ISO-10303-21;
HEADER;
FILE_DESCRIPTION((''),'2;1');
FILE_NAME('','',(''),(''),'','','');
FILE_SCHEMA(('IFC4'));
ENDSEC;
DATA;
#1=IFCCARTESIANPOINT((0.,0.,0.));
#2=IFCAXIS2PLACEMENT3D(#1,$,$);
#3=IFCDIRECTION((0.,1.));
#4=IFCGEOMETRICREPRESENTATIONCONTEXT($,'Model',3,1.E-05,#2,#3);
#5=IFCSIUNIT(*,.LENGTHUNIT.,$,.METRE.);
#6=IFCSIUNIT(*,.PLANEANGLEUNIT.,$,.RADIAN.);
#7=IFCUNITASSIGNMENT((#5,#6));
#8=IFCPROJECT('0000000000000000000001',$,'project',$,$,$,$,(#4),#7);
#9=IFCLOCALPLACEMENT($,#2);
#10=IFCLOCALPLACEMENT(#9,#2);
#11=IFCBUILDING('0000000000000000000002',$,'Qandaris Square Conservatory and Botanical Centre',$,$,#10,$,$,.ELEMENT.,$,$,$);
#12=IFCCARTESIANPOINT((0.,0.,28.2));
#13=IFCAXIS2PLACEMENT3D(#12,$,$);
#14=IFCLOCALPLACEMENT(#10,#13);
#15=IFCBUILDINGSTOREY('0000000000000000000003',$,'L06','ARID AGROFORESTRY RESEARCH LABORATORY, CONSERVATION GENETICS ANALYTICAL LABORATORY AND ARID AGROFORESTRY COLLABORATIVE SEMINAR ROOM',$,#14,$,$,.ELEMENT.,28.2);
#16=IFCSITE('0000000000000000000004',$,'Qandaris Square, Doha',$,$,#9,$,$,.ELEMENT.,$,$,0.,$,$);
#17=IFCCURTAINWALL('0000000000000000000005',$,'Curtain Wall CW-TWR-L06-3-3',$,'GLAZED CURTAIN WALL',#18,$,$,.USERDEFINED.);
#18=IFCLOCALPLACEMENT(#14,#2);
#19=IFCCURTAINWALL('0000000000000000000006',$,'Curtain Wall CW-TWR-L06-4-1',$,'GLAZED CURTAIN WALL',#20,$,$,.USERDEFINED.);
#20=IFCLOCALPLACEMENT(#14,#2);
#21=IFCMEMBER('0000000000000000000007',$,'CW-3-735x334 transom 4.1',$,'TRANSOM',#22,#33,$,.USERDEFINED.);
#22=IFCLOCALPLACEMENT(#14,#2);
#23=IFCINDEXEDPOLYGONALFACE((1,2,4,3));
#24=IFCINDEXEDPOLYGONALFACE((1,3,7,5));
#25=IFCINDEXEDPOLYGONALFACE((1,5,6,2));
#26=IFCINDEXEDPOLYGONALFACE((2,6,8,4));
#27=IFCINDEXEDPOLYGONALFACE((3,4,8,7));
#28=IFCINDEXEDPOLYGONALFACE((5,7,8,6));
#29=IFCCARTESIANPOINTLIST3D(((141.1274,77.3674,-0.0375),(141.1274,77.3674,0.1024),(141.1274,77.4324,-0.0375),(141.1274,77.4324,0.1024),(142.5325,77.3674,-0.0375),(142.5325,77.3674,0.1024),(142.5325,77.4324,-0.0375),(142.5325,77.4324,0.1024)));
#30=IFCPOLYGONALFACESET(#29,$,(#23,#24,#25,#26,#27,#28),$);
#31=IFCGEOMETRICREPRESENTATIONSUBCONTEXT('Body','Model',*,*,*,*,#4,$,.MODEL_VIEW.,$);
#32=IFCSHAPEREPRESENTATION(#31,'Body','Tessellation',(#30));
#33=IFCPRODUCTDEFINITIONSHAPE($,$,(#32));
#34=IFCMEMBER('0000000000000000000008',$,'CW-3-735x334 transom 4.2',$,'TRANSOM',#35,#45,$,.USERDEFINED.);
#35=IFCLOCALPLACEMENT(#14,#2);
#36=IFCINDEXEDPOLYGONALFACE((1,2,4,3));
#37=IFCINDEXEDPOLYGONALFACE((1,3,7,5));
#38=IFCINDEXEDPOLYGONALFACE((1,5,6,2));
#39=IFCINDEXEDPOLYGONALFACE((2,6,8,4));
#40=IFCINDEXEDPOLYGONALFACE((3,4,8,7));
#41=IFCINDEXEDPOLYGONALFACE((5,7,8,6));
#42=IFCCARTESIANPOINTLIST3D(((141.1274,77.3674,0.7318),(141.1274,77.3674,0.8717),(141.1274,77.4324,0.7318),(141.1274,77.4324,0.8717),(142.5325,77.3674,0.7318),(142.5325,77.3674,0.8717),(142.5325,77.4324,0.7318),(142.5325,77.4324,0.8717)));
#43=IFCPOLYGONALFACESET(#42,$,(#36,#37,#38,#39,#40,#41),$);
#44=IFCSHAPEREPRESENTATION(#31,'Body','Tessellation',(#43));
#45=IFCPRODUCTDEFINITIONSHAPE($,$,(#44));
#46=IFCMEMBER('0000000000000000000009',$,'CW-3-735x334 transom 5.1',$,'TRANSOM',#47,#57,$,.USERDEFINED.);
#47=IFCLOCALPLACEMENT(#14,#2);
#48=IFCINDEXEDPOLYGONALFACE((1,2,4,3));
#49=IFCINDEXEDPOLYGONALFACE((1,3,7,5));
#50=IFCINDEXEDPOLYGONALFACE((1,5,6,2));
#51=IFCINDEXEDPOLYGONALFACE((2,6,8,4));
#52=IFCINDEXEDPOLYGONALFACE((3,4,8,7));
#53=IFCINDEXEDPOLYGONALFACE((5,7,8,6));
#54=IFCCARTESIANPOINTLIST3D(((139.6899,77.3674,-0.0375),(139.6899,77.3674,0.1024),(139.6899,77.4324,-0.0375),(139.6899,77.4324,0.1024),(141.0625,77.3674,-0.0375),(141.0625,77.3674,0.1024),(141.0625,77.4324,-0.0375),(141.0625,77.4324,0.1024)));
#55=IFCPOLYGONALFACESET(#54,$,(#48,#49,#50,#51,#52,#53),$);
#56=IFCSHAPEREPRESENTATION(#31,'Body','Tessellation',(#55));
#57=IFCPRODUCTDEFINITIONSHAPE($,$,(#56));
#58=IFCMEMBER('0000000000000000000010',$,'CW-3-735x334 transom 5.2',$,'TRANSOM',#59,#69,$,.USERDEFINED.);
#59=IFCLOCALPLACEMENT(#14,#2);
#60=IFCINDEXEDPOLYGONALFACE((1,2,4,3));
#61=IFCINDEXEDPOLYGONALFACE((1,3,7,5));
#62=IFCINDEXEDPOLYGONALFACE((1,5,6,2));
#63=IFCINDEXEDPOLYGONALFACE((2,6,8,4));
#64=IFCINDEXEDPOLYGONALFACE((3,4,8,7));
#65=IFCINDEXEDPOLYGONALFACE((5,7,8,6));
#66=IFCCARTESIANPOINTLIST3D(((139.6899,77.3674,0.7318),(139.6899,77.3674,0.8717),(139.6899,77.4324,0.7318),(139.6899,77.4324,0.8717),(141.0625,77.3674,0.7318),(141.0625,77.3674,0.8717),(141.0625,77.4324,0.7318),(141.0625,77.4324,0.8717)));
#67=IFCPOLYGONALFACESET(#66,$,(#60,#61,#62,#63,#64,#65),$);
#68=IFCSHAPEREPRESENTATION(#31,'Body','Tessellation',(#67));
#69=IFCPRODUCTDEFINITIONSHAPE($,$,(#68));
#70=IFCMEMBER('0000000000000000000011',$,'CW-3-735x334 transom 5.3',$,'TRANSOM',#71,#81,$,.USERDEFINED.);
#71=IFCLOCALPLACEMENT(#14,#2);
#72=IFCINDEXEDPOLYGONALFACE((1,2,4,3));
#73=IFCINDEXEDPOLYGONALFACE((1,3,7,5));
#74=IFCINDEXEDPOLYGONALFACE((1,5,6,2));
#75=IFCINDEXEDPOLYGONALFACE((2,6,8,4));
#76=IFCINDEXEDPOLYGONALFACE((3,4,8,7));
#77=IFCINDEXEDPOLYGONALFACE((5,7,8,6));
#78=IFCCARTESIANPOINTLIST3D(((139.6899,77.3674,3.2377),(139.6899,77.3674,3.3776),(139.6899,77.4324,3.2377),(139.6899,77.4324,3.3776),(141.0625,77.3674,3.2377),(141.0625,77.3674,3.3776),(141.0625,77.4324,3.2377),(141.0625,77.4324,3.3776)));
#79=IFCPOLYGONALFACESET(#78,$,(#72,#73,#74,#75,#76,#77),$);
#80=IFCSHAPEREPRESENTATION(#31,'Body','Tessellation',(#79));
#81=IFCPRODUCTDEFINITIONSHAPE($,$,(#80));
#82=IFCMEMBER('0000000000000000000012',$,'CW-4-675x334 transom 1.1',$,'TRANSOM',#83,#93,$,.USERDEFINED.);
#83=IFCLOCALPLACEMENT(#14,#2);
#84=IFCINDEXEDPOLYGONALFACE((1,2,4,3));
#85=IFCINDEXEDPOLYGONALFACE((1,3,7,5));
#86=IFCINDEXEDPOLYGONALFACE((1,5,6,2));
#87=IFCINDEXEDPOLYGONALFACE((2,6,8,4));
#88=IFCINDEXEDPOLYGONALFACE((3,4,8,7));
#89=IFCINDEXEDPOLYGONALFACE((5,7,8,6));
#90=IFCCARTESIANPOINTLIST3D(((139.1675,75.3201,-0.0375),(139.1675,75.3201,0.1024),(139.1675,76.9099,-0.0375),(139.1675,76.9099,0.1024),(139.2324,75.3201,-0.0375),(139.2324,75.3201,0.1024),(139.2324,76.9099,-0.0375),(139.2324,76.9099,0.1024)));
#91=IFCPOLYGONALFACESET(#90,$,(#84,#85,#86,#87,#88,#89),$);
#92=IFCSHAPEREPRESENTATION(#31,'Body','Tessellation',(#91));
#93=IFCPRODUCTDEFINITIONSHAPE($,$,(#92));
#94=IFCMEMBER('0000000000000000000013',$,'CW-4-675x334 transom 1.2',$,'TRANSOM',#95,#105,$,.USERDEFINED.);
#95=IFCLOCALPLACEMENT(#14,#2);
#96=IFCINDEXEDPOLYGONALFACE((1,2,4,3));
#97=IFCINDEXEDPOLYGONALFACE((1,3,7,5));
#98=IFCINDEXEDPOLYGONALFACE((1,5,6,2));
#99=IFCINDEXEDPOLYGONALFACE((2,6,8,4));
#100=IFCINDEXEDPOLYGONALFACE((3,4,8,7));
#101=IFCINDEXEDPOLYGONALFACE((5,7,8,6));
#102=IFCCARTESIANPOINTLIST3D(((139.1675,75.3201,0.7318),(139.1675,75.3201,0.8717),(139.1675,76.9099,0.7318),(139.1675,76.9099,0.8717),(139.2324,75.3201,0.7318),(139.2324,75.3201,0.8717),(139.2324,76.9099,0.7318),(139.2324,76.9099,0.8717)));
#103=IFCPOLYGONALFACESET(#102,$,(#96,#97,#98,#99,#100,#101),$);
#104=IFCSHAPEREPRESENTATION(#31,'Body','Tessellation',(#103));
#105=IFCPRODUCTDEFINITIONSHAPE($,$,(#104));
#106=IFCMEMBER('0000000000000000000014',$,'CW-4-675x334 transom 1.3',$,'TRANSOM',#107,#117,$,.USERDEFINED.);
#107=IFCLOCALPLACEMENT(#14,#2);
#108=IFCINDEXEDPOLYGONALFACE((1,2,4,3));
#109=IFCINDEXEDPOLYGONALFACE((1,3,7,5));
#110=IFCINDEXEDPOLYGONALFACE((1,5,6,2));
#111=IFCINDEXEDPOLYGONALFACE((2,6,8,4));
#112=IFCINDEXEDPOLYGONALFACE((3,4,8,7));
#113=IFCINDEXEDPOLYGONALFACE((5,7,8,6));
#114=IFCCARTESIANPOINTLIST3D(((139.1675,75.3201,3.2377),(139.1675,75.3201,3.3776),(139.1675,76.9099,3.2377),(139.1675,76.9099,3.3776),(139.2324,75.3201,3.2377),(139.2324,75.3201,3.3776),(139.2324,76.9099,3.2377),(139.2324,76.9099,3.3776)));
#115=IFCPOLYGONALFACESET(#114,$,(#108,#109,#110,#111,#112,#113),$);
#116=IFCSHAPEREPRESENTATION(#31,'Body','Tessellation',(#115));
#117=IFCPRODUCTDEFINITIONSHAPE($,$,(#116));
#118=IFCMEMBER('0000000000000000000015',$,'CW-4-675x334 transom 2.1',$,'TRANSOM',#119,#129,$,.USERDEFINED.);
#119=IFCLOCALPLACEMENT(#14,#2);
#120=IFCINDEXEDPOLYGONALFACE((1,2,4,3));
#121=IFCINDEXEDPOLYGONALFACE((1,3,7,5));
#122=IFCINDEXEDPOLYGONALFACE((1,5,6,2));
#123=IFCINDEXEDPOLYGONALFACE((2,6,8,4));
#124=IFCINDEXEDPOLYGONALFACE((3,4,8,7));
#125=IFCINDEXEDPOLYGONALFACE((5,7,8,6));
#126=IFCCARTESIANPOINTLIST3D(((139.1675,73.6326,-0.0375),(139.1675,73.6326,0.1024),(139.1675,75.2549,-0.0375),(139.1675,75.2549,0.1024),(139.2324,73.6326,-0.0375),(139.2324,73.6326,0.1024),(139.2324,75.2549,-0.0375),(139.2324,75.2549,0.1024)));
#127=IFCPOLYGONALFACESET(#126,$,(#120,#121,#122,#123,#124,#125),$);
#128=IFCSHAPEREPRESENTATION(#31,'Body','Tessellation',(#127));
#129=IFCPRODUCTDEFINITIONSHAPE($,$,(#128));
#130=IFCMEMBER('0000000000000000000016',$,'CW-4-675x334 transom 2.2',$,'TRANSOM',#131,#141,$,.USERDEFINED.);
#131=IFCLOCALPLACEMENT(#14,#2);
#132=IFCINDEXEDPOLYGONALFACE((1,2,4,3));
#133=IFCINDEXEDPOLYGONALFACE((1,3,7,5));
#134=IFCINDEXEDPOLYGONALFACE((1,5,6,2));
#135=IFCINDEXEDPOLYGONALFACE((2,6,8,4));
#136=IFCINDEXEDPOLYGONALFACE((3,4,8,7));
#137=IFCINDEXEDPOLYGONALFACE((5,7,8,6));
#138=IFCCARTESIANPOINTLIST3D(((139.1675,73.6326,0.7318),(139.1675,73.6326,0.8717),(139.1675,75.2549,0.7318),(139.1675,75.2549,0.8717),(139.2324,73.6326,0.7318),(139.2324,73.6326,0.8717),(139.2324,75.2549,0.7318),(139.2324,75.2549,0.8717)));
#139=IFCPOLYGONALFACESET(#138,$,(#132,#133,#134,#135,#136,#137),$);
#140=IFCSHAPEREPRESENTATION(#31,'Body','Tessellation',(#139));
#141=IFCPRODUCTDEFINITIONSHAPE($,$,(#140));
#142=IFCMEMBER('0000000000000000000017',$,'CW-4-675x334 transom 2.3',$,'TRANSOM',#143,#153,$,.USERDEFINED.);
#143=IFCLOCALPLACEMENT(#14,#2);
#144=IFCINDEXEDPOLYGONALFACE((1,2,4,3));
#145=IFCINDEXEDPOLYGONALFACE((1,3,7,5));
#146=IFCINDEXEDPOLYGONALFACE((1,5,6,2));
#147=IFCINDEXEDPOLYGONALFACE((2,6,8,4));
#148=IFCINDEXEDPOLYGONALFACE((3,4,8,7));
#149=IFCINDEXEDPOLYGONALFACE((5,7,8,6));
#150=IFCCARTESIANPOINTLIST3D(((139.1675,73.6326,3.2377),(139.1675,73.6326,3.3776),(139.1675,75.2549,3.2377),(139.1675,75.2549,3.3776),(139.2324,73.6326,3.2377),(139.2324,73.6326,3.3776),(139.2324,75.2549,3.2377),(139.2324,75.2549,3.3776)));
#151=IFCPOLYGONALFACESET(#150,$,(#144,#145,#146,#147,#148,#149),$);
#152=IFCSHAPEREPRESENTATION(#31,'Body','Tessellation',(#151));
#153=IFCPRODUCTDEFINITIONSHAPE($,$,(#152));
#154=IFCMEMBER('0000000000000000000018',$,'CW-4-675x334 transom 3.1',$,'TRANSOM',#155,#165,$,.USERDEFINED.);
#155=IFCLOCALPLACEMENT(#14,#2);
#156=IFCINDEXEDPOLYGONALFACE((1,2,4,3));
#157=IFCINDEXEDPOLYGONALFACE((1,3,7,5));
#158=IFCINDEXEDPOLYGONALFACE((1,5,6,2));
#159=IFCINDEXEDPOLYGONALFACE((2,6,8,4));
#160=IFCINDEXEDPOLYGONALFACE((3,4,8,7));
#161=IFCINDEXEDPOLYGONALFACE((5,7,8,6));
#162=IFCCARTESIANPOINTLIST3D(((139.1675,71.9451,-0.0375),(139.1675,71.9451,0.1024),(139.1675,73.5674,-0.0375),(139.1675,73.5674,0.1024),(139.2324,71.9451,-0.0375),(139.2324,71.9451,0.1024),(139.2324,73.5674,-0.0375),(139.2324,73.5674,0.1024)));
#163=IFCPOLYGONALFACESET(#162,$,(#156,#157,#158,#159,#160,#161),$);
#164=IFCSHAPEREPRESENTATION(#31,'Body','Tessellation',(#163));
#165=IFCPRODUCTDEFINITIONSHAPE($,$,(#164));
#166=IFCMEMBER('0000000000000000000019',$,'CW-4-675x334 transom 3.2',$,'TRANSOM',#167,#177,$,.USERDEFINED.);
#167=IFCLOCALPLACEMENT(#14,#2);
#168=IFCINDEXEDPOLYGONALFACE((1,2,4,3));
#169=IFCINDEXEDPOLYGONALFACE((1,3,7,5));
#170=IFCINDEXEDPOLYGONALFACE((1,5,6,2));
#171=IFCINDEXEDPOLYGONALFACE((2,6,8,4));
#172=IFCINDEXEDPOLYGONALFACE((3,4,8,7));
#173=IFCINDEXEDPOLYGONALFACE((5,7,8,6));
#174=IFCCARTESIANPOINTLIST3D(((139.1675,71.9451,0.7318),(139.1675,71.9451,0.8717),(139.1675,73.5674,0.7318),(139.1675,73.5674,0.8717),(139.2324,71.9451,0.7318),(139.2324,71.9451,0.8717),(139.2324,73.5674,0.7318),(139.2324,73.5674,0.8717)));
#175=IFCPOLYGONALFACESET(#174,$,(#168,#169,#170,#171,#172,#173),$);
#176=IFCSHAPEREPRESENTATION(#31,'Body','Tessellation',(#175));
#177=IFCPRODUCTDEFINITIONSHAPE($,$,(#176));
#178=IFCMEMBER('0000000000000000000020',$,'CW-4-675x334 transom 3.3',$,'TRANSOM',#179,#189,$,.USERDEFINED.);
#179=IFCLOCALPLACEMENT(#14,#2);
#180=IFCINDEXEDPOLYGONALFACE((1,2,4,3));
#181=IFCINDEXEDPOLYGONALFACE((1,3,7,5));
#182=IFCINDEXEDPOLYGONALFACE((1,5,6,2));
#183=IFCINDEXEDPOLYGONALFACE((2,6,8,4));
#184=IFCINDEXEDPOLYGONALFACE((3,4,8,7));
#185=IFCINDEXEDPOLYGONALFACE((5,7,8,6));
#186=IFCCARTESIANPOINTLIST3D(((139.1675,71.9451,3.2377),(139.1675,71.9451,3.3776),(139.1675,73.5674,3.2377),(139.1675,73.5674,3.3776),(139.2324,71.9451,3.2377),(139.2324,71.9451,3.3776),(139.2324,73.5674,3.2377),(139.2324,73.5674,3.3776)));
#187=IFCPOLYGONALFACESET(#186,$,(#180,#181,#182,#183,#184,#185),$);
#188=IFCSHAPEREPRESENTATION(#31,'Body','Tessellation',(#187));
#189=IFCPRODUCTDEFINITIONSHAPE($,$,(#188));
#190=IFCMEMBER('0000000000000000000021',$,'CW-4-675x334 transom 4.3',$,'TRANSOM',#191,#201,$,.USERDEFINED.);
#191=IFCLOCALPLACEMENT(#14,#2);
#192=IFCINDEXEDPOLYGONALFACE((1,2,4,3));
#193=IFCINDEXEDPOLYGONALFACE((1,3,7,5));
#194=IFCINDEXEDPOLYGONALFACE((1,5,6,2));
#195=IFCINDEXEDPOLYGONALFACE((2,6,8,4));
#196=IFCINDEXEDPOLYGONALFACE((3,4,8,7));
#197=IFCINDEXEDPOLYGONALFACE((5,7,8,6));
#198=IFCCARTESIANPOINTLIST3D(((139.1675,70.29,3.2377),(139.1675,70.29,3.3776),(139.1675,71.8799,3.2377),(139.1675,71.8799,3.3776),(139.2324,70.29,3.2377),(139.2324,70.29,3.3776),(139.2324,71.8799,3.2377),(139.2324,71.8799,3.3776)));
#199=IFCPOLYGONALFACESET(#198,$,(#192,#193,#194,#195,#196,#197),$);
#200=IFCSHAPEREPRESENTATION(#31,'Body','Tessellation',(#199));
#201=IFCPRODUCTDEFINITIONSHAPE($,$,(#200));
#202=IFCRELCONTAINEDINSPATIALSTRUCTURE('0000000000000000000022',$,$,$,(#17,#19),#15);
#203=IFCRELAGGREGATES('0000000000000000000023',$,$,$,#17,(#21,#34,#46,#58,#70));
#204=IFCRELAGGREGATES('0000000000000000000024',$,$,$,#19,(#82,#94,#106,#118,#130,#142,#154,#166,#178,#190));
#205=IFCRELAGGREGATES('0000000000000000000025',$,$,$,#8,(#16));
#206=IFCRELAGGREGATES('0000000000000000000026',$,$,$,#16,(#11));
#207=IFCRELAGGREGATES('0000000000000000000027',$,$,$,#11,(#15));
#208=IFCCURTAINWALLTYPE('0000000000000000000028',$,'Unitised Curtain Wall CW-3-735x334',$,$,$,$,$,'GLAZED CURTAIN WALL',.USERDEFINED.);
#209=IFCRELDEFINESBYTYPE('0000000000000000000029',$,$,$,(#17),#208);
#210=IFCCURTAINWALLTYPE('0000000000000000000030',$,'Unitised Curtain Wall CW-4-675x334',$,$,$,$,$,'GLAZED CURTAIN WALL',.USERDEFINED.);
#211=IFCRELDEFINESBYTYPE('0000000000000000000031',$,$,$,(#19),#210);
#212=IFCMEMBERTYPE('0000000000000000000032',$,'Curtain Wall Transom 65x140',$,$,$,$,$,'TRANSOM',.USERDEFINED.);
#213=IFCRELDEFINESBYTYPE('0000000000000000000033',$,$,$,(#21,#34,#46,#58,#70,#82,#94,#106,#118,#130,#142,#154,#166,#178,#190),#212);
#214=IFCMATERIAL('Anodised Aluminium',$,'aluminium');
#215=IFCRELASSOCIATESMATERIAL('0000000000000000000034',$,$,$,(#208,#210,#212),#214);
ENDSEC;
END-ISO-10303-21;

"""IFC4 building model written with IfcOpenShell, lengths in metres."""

from ifc_helpers import new_model, si_unit, direction, frame, origin, origin_2d, place, context, subcontext, project, spatial, rectangle, extrude, material, material_profile, profile_set, type_object, element, aggregate, save


model = new_model("IFC4")

# Units and contexts
model_context = context("Model", 3, precision=1e-05, world=origin(), true_north=direction((0.0, 1.0)))
body_context = subcontext(model_context, "Body", "Model", "MODEL_VIEW")
ifc_project = project(units=[si_unit("LENGTHUNIT", "METRE"), si_unit("PLANEANGLEUNIT", "RADIAN")], contexts=[model_context])

# Site, building, storey
site_placement = place(None, origin())
site = spatial("IfcSite", under=ifc_project, at=site_placement, Name="Qandaris Square, Doha", CompositionType="ELEMENT", RefElevation=0.0)
building_placement = place(site_placement, origin())
building = spatial("IfcBuilding", under=site, at=building_placement, Name="Qandaris Square Conservatory and Botanical Centre", CompositionType="ELEMENT")
storey_placement = place(building_placement, frame((0.0, 0.0, 28.2)))
storey = spatial("IfcBuildingStorey", under=building, at=storey_placement, Name="L06", Description="ARID AGROFORESTRY RESEARCH LABORATORY, CONSERVATION GENETICS ANALYTICAL LABORATORY AND ARID AGROFORESTRY COLLABORATIVE SEMINAR ROOM", CompositionType="ELEMENT", Elevation=28.2)

# Curtain walls
ifc_material_1 = material(Name="Anodised Aluminium", Category="aluminium")
curtain_wall_type_1 = type_object("IfcCurtainWallType", Name="Unitised Curtain Wall CW-3-735x334", ElementType="GLAZED CURTAIN WALL", PredefinedType="USERDEFINED", material=ifc_material_1)
curtain_wall_1_placement = place(storey_placement, origin())
curtain_wall_1 = element("IfcCurtainWall", 1, at=curtain_wall_1_placement, inside=storey, type_object=curtain_wall_type_1, Name="Curtain Wall CW-TWR-L06-3-3", ObjectType="GLAZED CURTAIN WALL", PredefinedType="USERDEFINED")
curtain_wall_type_2 = type_object("IfcCurtainWallType", Name="Unitised Curtain Wall CW-4-675x334", ElementType="GLAZED CURTAIN WALL", PredefinedType="USERDEFINED", material=ifc_material_1)
curtain_wall_2_placement = place(storey_placement, origin())
curtain_wall_2 = element("IfcCurtainWall", 2, at=curtain_wall_2_placement, inside=storey, type_object=curtain_wall_type_2, Name="Curtain Wall CW-TWR-L06-4-1", ObjectType="GLAZED CURTAIN WALL", PredefinedType="USERDEFINED")

# Members
ifc_material_profile_1 = material_profile(ifc_material_1, rectangle(XDim=0.0649, YDim=0.1399, at=origin_2d()), Name="ALU-TRN 65x140")
ifc_profile_set_1 = profile_set([ifc_material_profile_1], Name="Anodised Aluminium")
member_type_1 = type_object("IfcMemberType", Name="Curtain Wall Transom 65x140", ElementType="TRANSOM", PredefinedType="USERDEFINED", material=ifc_profile_set_1)
member_1_placement = place(storey_placement, frame((142.5325, 77.3999, 0.0325), z_axis=(-1.0, 0.0, 0.0), x_axis=(0.0, -1.0, 0.0)))
member_1 = element("IfcMember", 3, at=member_1_placement, type_object=member_type_1, Name="CW-3-735x334 transom 4.1", ObjectType="TRANSOM", PredefinedType="USERDEFINED", context=body_context, shape_type="SweptSolid", body=[
    extrude(rectangle(XDim=0.0649, YDim=0.1399, at=origin_2d()), origin(), (0.0, 0.0, 1.0), 1.405),
])
member_2_placement = place(storey_placement, frame((142.5325, 77.3999, 0.8018), z_axis=(-1.0, 0.0, 0.0), x_axis=(0.0, -1.0, 0.0)))
member_2 = element("IfcMember", 4, at=member_2_placement, type_object=member_type_1, Name="CW-3-735x334 transom 4.2", ObjectType="TRANSOM", PredefinedType="USERDEFINED", context=body_context, shape_type="SweptSolid", body=[
    extrude(rectangle(XDim=0.0649, YDim=0.1399, at=origin_2d()), origin(), (0.0, 0.0, 1.0), 1.405),
])
member_3_placement = place(storey_placement, frame((141.0625, 77.3999, 0.0325), z_axis=(-1.0, 0.0, 0.0), x_axis=(0.0, -1.0, 0.0)))
member_3 = element("IfcMember", 5, at=member_3_placement, type_object=member_type_1, Name="CW-3-735x334 transom 5.1", ObjectType="TRANSOM", PredefinedType="USERDEFINED", context=body_context, shape_type="SweptSolid", body=[
    extrude(rectangle(XDim=0.0649, YDim=0.1399, at=origin_2d()), origin(), (0.0, 0.0, 1.0), 1.3726),
])
member_4_placement = place(storey_placement, frame((141.0625, 77.3999, 0.8018), z_axis=(-1.0, 0.0, 0.0), x_axis=(0.0, -1.0, 0.0)))
member_4 = element("IfcMember", 6, at=member_4_placement, type_object=member_type_1, Name="CW-3-735x334 transom 5.2", ObjectType="TRANSOM", PredefinedType="USERDEFINED", context=body_context, shape_type="SweptSolid", body=[
    extrude(rectangle(XDim=0.0649, YDim=0.1399, at=origin_2d()), origin(), (0.0, 0.0, 1.0), 1.3726),
])
member_5_placement = place(storey_placement, frame((141.0625, 77.3999, 3.3076), z_axis=(-1.0, 0.0, 0.0), x_axis=(0.0, -1.0, 0.0)))
member_5 = element("IfcMember", 7, at=member_5_placement, type_object=member_type_1, Name="CW-3-735x334 transom 5.3", ObjectType="TRANSOM", PredefinedType="USERDEFINED", context=body_context, shape_type="SweptSolid", body=[
    extrude(rectangle(XDim=0.0649, YDim=0.1399, at=origin_2d()), origin(), (0.0, 0.0, 1.0), 1.3726),
])
member_6_placement = place(storey_placement, frame((139.2, 76.9099, 0.0325), z_axis=(0.0, -1.0, 0.0), x_axis=(1.0, 0.0, 0.0)))
member_6 = element("IfcMember", 8, at=member_6_placement, type_object=member_type_1, Name="CW-4-675x334 transom 1.1", ObjectType="TRANSOM", PredefinedType="USERDEFINED", context=body_context, shape_type="SweptSolid", body=[
    extrude(rectangle(XDim=0.0649, YDim=0.1399, at=origin_2d()), origin(), (0.0, 0.0, 1.0), 1.5898),
])
member_7_placement = place(storey_placement, frame((139.2, 76.9099, 0.8018), z_axis=(0.0, -1.0, 0.0), x_axis=(1.0, 0.0, 0.0)))
member_7 = element("IfcMember", 9, at=member_7_placement, type_object=member_type_1, Name="CW-4-675x334 transom 1.2", ObjectType="TRANSOM", PredefinedType="USERDEFINED", context=body_context, shape_type="SweptSolid", body=[
    extrude(rectangle(XDim=0.0649, YDim=0.1399, at=origin_2d()), origin(), (0.0, 0.0, 1.0), 1.5898),
])
member_8_placement = place(storey_placement, frame((139.2, 76.9099, 3.3076), z_axis=(0.0, -1.0, 0.0), x_axis=(1.0, 0.0, 0.0)))
member_8 = element("IfcMember", 10, at=member_8_placement, type_object=member_type_1, Name="CW-4-675x334 transom 1.3", ObjectType="TRANSOM", PredefinedType="USERDEFINED", context=body_context, shape_type="SweptSolid", body=[
    extrude(rectangle(XDim=0.0649, YDim=0.1399, at=origin_2d()), origin(), (0.0, 0.0, 1.0), 1.5898),
])
member_9_placement = place(storey_placement, frame((139.2, 75.2549, 0.0325), z_axis=(0.0, -1.0, 0.0), x_axis=(1.0, 0.0, 0.0)))
member_9 = element("IfcMember", 11, at=member_9_placement, type_object=member_type_1, Name="CW-4-675x334 transom 2.1", ObjectType="TRANSOM", PredefinedType="USERDEFINED", context=body_context, shape_type="SweptSolid", body=[
    extrude(rectangle(XDim=0.0649, YDim=0.1399, at=origin_2d()), origin(), (0.0, 0.0, 1.0), 1.6223),
])
member_10_placement = place(storey_placement, frame((139.2, 75.2549, 0.8018), z_axis=(0.0, -1.0, 0.0), x_axis=(1.0, 0.0, 0.0)))
member_10 = element("IfcMember", 12, at=member_10_placement, type_object=member_type_1, Name="CW-4-675x334 transom 2.2", ObjectType="TRANSOM", PredefinedType="USERDEFINED", context=body_context, shape_type="SweptSolid", body=[
    extrude(rectangle(XDim=0.0649, YDim=0.1399, at=origin_2d()), origin(), (0.0, 0.0, 1.0), 1.6223),
])
member_11_placement = place(storey_placement, frame((139.2, 75.2549, 3.3076), z_axis=(0.0, -1.0, 0.0), x_axis=(1.0, 0.0, 0.0)))
member_11 = element("IfcMember", 13, at=member_11_placement, type_object=member_type_1, Name="CW-4-675x334 transom 2.3", ObjectType="TRANSOM", PredefinedType="USERDEFINED", context=body_context, shape_type="SweptSolid", body=[
    extrude(rectangle(XDim=0.0649, YDim=0.1399, at=origin_2d()), origin(), (0.0, 0.0, 1.0), 1.6223),
])
member_12_placement = place(storey_placement, frame((139.2, 73.5674, 0.0325), z_axis=(0.0, -1.0, 0.0), x_axis=(1.0, 0.0, 0.0)))
member_12 = element("IfcMember", 14, at=member_12_placement, type_object=member_type_1, Name="CW-4-675x334 transom 3.1", ObjectType="TRANSOM", PredefinedType="USERDEFINED", context=body_context, shape_type="SweptSolid", body=[
    extrude(rectangle(XDim=0.0649, YDim=0.1399, at=origin_2d()), origin(), (0.0, 0.0, 1.0), 1.6223),
])
member_13_placement = place(storey_placement, frame((139.2, 73.5674, 0.8018), z_axis=(0.0, -1.0, 0.0), x_axis=(1.0, 0.0, 0.0)))
member_13 = element("IfcMember", 15, at=member_13_placement, type_object=member_type_1, Name="CW-4-675x334 transom 3.2", ObjectType="TRANSOM", PredefinedType="USERDEFINED", context=body_context, shape_type="SweptSolid", body=[
    extrude(rectangle(XDim=0.0649, YDim=0.1399, at=origin_2d()), origin(), (0.0, 0.0, 1.0), 1.6223),
])
member_14_placement = place(storey_placement, frame((139.2, 73.5674, 3.3076), z_axis=(0.0, -1.0, 0.0), x_axis=(1.0, 0.0, 0.0)))
member_14 = element("IfcMember", 16, at=member_14_placement, type_object=member_type_1, Name="CW-4-675x334 transom 3.3", ObjectType="TRANSOM", PredefinedType="USERDEFINED", context=body_context, shape_type="SweptSolid", body=[
    extrude(rectangle(XDim=0.0649, YDim=0.1399, at=origin_2d()), origin(), (0.0, 0.0, 1.0), 1.6223),
])
member_15_placement = place(storey_placement, frame((139.2, 71.8799, 3.3076), z_axis=(0.0, -1.0, 0.0), x_axis=(1.0, 0.0, 0.0)))
member_15 = element("IfcMember", 17, at=member_15_placement, type_object=member_type_1, Name="CW-4-675x334 transom 4.3", ObjectType="TRANSOM", PredefinedType="USERDEFINED", context=body_context, shape_type="SweptSolid", body=[
    extrude(rectangle(XDim=0.0649, YDim=0.1399, at=origin_2d()), origin(), (0.0, 0.0, 1.0), 1.5898),
])

aggregate(curtain_wall_1, [member_1, member_2, member_3, member_4, member_5])
aggregate(curtain_wall_2, [member_6, member_7, member_8, member_9, member_10, member_11, member_12, member_13, member_14, member_15])

save(model, "model.ifc")
